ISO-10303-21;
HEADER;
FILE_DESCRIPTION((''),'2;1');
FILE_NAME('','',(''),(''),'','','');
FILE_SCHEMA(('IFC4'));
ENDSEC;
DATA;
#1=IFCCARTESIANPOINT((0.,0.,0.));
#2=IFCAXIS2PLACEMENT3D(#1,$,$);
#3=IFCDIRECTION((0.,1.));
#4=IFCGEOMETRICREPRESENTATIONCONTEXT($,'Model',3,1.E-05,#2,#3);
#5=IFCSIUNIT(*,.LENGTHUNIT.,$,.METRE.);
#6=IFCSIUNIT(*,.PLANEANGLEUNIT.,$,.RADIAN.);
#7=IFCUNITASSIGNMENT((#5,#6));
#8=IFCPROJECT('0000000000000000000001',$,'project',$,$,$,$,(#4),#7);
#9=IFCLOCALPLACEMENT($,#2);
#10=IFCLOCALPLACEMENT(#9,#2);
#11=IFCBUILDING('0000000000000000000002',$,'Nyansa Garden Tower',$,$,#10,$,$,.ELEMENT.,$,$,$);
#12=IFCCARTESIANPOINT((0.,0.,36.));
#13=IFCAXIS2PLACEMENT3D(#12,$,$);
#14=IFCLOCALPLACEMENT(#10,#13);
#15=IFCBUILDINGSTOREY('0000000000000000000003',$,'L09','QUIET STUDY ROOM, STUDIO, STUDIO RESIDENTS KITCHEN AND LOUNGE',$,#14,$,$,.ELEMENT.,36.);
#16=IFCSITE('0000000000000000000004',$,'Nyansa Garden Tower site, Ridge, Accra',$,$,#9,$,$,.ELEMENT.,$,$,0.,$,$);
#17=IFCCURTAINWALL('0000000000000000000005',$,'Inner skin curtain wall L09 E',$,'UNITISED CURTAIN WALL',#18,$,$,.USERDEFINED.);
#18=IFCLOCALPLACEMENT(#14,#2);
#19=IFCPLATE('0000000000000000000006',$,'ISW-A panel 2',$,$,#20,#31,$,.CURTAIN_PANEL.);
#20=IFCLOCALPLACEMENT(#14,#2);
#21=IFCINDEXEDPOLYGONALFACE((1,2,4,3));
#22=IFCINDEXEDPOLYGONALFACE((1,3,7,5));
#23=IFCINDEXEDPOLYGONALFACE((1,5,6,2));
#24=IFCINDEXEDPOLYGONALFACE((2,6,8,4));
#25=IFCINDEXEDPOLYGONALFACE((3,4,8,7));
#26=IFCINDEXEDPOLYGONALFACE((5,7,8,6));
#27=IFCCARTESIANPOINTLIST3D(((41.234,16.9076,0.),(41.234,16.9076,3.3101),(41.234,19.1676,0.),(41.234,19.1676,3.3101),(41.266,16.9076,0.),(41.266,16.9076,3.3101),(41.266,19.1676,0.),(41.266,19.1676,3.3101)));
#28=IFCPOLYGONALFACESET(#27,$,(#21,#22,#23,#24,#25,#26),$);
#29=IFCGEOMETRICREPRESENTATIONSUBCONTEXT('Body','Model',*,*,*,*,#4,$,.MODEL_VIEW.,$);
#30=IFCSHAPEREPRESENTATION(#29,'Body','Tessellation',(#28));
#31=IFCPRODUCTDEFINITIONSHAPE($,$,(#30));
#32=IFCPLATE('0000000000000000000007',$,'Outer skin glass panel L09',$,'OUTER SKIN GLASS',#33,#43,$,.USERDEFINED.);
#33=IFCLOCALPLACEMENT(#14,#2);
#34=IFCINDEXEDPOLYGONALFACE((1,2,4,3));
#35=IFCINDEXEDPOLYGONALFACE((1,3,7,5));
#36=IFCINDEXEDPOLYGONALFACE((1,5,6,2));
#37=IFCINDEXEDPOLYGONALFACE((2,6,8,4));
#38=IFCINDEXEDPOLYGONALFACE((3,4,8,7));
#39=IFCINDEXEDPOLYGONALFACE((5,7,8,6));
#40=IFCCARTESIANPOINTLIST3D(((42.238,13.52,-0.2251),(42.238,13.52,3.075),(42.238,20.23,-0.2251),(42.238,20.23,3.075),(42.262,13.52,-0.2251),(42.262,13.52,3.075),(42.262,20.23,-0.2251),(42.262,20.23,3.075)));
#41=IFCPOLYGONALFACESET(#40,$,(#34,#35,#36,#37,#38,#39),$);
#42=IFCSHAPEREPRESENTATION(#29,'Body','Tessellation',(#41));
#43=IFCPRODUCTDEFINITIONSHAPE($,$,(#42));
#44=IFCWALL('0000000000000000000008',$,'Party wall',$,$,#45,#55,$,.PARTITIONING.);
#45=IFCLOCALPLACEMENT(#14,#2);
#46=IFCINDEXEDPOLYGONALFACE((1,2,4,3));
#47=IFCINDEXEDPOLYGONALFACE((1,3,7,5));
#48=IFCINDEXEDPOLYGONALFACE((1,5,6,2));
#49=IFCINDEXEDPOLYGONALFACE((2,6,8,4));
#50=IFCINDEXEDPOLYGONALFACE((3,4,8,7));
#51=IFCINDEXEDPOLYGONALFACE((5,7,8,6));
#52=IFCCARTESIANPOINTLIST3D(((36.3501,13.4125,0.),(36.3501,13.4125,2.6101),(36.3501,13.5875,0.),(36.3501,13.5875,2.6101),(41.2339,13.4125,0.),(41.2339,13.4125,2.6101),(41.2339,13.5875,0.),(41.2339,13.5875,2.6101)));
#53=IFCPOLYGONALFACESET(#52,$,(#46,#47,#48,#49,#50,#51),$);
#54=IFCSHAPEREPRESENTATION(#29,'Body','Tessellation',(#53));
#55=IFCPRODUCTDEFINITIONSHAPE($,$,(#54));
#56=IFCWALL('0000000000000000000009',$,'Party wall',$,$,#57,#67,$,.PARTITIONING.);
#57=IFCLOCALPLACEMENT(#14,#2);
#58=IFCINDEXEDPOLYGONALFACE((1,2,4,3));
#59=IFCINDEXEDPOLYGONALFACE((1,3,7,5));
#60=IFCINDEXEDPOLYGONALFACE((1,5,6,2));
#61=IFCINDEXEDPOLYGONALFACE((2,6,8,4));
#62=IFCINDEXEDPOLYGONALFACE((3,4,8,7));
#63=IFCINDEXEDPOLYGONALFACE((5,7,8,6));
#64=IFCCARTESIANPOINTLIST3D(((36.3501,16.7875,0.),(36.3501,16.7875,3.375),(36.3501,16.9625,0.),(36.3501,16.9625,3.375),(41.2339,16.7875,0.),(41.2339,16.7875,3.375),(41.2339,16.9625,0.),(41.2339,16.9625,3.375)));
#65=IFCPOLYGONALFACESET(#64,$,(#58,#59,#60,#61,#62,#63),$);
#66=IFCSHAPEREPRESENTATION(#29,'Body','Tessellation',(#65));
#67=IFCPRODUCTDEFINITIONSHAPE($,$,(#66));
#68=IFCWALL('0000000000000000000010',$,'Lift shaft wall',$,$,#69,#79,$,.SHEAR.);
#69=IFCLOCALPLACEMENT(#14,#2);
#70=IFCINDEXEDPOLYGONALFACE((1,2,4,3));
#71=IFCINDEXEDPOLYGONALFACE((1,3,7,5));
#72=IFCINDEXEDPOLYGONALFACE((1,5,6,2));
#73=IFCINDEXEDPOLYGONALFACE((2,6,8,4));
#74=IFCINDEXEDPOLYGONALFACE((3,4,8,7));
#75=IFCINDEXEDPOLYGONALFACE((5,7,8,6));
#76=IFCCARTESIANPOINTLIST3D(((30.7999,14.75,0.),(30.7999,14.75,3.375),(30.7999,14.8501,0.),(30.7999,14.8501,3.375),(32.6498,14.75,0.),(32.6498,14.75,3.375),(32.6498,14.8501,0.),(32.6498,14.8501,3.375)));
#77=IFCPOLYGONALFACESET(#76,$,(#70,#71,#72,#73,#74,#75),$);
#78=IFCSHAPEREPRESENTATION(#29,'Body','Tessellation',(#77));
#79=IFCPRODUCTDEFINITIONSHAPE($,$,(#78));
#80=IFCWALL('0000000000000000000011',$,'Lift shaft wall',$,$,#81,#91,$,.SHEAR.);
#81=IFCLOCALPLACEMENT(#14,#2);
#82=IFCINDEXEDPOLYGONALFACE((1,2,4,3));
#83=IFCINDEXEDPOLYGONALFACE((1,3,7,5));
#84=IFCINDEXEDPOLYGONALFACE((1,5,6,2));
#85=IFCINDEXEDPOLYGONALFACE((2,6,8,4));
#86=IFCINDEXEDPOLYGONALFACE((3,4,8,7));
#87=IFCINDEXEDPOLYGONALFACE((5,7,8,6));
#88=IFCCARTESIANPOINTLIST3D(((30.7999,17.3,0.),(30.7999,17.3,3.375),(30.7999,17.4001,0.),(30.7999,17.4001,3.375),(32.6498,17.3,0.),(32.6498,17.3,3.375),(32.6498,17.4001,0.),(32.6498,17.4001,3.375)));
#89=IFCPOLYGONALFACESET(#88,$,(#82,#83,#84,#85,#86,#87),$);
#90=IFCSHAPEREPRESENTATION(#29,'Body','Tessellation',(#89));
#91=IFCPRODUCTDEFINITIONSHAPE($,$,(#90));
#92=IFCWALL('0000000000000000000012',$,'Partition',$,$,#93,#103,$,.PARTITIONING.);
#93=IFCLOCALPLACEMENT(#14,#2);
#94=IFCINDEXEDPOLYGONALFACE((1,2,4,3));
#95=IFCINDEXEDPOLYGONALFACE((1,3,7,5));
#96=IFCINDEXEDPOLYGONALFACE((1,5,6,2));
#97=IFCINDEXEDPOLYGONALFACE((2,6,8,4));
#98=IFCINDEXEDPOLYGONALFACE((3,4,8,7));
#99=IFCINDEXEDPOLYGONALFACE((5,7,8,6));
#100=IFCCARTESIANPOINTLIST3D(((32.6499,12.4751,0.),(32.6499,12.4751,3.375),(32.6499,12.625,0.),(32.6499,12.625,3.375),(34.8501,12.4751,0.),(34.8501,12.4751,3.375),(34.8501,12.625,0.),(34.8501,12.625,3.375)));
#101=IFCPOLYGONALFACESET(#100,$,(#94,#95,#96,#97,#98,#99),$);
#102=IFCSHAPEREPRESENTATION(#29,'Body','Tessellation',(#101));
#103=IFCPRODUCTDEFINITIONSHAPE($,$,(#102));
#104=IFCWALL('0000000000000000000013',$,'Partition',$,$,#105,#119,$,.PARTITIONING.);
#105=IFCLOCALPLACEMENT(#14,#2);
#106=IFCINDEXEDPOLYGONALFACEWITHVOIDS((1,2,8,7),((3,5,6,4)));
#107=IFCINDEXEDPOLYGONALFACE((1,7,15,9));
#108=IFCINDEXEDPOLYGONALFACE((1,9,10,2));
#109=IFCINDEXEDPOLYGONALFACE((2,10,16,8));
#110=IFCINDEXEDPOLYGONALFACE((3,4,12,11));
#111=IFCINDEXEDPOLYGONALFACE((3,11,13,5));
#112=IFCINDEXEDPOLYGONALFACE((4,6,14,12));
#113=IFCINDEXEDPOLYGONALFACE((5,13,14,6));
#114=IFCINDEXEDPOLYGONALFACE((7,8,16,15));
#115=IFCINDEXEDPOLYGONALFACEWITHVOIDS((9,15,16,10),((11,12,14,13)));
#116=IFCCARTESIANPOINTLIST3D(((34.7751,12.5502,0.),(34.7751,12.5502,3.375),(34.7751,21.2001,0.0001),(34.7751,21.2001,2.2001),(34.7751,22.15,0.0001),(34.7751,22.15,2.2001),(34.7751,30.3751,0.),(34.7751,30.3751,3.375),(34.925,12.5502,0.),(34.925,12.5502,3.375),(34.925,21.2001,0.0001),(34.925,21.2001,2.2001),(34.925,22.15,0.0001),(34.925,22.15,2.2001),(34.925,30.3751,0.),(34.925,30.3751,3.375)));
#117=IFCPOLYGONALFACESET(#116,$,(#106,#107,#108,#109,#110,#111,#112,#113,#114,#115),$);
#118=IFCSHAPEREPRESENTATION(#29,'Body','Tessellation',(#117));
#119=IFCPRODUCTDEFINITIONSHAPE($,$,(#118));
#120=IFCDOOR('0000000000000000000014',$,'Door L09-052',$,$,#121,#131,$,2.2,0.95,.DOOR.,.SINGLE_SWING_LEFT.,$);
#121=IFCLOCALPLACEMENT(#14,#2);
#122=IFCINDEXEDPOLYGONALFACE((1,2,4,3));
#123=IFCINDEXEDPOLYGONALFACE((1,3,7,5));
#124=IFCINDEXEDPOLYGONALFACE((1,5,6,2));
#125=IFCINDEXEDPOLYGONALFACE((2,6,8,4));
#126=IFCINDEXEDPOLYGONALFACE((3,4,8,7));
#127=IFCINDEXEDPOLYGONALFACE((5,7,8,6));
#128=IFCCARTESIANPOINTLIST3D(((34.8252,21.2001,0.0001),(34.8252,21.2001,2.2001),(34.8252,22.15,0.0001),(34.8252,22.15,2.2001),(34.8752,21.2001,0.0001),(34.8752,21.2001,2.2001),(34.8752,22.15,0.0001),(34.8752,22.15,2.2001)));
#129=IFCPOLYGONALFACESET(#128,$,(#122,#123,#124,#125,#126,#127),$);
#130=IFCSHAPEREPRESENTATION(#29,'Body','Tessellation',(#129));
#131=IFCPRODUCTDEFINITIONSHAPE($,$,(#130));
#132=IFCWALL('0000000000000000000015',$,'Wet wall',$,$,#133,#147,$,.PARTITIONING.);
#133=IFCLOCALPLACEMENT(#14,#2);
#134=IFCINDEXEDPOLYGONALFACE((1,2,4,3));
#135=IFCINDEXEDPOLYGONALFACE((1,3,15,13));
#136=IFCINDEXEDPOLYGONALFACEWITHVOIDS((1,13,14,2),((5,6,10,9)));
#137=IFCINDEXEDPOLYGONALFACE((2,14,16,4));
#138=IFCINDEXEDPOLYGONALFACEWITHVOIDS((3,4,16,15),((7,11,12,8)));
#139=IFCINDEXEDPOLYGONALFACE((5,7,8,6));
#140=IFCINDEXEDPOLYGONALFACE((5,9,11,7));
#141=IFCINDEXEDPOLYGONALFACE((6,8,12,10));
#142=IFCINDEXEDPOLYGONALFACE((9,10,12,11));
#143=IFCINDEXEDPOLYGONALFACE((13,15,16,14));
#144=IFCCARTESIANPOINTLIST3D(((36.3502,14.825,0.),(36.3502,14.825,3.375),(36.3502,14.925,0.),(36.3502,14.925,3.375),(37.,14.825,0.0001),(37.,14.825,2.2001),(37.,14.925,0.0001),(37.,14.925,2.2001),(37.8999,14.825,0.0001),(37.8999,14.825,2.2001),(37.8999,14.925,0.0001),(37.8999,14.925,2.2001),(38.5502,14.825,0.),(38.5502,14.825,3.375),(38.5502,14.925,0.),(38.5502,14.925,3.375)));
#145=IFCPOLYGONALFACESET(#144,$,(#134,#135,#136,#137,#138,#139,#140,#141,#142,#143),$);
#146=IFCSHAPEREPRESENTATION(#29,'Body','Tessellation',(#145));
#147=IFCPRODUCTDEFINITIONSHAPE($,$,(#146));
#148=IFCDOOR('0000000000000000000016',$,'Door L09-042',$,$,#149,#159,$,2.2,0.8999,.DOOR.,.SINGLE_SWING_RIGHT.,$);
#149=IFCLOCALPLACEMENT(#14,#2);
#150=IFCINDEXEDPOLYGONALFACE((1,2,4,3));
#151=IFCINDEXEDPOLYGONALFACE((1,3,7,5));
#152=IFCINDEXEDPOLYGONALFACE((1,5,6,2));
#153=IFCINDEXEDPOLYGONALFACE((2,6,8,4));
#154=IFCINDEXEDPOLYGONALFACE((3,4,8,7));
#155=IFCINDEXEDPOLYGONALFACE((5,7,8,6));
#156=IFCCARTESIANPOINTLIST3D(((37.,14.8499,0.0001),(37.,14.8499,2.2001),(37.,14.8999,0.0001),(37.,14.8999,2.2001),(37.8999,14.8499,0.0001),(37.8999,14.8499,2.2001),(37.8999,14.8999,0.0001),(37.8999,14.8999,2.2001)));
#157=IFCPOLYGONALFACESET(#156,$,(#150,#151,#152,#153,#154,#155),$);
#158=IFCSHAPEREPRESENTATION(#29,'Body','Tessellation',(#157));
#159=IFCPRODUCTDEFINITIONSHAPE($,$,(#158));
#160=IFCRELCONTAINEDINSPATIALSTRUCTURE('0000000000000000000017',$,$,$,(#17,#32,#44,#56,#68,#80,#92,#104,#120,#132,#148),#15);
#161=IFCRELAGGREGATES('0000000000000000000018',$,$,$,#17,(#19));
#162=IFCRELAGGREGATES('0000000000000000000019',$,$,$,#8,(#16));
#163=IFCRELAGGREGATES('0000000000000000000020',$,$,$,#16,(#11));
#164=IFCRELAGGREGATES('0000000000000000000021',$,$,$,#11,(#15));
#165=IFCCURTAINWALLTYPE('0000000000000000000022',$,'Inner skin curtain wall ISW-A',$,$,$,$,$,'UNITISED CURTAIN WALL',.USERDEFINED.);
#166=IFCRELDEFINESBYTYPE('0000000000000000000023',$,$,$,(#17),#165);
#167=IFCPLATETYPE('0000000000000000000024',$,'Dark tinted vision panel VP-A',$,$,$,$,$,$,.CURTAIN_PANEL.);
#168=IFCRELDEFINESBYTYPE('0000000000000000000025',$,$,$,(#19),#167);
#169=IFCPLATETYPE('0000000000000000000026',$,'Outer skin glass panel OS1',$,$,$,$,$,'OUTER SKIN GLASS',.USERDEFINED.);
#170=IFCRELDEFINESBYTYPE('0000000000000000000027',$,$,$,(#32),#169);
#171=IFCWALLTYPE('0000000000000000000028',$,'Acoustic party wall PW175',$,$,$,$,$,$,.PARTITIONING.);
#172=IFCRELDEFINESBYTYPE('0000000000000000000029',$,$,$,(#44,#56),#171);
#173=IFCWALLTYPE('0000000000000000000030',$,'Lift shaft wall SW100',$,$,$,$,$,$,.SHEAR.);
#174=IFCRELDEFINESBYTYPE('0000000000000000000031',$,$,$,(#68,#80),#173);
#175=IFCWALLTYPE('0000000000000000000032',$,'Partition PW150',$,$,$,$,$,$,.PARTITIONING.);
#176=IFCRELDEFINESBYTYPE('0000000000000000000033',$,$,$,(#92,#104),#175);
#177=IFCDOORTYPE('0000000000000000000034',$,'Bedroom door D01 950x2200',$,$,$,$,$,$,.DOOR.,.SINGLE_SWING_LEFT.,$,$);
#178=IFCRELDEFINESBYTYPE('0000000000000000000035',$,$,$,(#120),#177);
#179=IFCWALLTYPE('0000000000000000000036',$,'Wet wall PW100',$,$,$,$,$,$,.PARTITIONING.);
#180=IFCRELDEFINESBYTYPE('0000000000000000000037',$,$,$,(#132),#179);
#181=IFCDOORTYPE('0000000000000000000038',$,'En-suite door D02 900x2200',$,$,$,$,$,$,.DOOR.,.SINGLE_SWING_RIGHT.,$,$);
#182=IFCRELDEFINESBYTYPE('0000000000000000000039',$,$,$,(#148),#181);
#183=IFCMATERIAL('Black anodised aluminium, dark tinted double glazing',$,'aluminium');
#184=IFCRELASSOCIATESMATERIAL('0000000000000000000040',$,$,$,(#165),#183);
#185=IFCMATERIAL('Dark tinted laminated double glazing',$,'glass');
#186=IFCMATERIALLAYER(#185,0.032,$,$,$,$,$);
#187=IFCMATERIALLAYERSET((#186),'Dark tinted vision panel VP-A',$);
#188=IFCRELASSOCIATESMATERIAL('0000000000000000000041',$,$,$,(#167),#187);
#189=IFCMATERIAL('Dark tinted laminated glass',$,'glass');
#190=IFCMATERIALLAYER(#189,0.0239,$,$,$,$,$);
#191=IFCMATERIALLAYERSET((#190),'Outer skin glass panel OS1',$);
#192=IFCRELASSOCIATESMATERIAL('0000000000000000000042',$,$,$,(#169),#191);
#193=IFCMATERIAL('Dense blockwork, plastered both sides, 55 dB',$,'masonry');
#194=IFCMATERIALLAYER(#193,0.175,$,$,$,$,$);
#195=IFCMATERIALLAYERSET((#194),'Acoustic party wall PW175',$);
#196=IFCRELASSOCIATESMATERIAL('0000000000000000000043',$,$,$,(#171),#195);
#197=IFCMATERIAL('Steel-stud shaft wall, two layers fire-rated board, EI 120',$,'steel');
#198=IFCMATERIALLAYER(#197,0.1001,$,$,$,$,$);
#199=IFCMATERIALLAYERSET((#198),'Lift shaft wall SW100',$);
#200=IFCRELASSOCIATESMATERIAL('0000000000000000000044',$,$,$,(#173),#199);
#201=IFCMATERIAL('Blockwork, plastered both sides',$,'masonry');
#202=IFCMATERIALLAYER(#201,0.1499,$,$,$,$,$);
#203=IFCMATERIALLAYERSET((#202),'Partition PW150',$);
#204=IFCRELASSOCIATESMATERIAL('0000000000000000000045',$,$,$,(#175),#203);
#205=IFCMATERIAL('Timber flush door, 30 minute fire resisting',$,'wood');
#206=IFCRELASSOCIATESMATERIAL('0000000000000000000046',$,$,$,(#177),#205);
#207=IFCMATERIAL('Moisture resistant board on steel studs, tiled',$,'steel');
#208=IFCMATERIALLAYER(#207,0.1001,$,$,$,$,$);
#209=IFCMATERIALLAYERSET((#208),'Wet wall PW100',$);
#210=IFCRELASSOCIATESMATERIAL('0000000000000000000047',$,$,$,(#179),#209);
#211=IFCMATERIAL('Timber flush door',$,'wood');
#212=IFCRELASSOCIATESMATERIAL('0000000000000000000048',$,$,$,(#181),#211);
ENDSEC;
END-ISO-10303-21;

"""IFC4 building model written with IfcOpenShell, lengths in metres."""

from ifc_helpers import new_model, si_unit, direction, frame, frame_2d, origin, origin_2d, place, context, subcontext, project, spatial, rectangle, extrude, material, layer, layer_set, type_object, element, fill, aggregate, save


model = new_model("IFC4")

# Units and contexts
model_context = context("Model", 3, precision=1e-05, world=origin(), true_north=direction((0.0, 1.0)))
body_context = subcontext(model_context, "Body", "Model", "MODEL_VIEW")
ifc_project = project(units=[si_unit("LENGTHUNIT", "METRE"), si_unit("PLANEANGLEUNIT", "RADIAN")], contexts=[model_context])

# Site, building, storey
site_placement = place(None, origin())
site = spatial("IfcSite", under=ifc_project, at=site_placement, Name="Nyansa Garden Tower site, Ridge, Accra", CompositionType="ELEMENT", RefElevation=0.0)
building_placement = place(site_placement, origin())
building = spatial("IfcBuilding", under=site, at=building_placement, Name="Nyansa Garden Tower", CompositionType="ELEMENT")
storey_placement = place(building_placement, frame((0.0, 0.0, 36.0)))
storey = spatial("IfcBuildingStorey", under=building, at=storey_placement, Name="L09", Description="QUIET STUDY ROOM, STUDIO, STUDIO RESIDENTS KITCHEN AND LOUNGE", CompositionType="ELEMENT", Elevation=36.0)

# Shared definitions
ifc_material_1 = material(Name="Black anodised aluminium, dark tinted double glazing", Category="aluminium")
curtain_wall_type = type_object("IfcCurtainWallType", Name="Inner skin curtain wall ISW-A", ElementType="UNITISED CURTAIN WALL", PredefinedType="USERDEFINED", material=ifc_material_1)

# Curtain wall
curtain_wall_1_placement = place(storey_placement, origin())
curtain_wall_1 = element("IfcCurtainWall", 1, at=curtain_wall_1_placement, inside=storey, type_object=curtain_wall_type, Name="Inner skin curtain wall L09 E", ObjectType="UNITISED CURTAIN WALL", PredefinedType="USERDEFINED")

# Plates
ifc_material_2 = material(Name="Dark tinted laminated double glazing", Category="glass")
ifc_layer_1 = layer(ifc_material_2, 0.032)
ifc_layer_set_1 = layer_set([ifc_layer_1], Name="Dark tinted vision panel VP-A")
plate_type_1 = type_object("IfcPlateType", Name="Dark tinted vision panel VP-A", PredefinedType="CURTAIN_PANEL", material=ifc_layer_set_1)
plate_1_placement = place(storey_placement, frame((41.25, 18.0376, 0.0), z_axis=(0.0, 0.0, 1.0), x_axis=(0.0, 1.0, 0.0)))
plate_1 = element("IfcPlate", 2, at=plate_1_placement, type_object=plate_type_1, Name="ISW-A panel 2", PredefinedType="CURTAIN_PANEL", context=body_context, shape_type="SweptSolid", body=[
    extrude(rectangle(XDim=2.26, YDim=0.032, at=origin_2d()), origin(), (0.0, 0.0, 1.0), 3.3101),
])
aggregate(curtain_wall_1, [plate_1])
ifc_material_3 = material(Name="Dark tinted laminated glass", Category="glass")
ifc_layer_2 = layer(ifc_material_3, 0.0239)
ifc_layer_set_2 = layer_set([ifc_layer_2], Name="Outer skin glass panel OS1")
plate_type_2 = type_object("IfcPlateType", Name="Outer skin glass panel OS1", ElementType="OUTER SKIN GLASS", PredefinedType="USERDEFINED", material=ifc_layer_set_2)
plate_2_placement = place(storey_placement, frame((42.25, 16.875, -0.2251), z_axis=(0.0, 0.0, 1.0), x_axis=(0.0, 1.0, 0.0)))
element("IfcPlate", 3, at=plate_2_placement, inside=storey, type_object=plate_type_2, Name="Outer skin glass panel L09", ObjectType="OUTER SKIN GLASS", PredefinedType="USERDEFINED", context=body_context, shape_type="SweptSolid", body=[
    extrude(rectangle(XDim=6.71, YDim=0.0239, at=origin_2d()), origin(), (0.0, 0.0, 1.0), 3.3),
])

# Walls
ifc_material_4 = material(Name="Dense blockwork, plastered both sides, 55 dB", Category="masonry")
ifc_layer_3 = layer(ifc_material_4, 0.175)
ifc_layer_set_3 = layer_set([ifc_layer_3], Name="Acoustic party wall PW175")
wall_type_1 = type_object("IfcWallType", Name="Acoustic party wall PW175", PredefinedType="PARTITIONING", material=ifc_layer_set_3)
wall_1_placement = place(storey_placement, frame((36.3501, 13.5, 0.0), z_axis=(0.0, 0.0, 1.0), x_axis=(1.0, 0.0, 0.0)))
element("IfcWall", 4, at=wall_1_placement, inside=storey, type_object=wall_type_1, Name="Party wall", PredefinedType="PARTITIONING", context=body_context, shape_type="SweptSolid", body=[
    extrude(rectangle(XDim=4.8838, YDim=0.175, at=frame_2d((2.4419, 0.0))), origin(), (0.0, 0.0, 1.0), 2.6101),
])
wall_2_placement = place(storey_placement, frame((36.3501, 16.875, 0.0), z_axis=(0.0, 0.0, 1.0), x_axis=(1.0, 0.0, 0.0)))
element("IfcWall", 5, at=wall_2_placement, inside=storey, type_object=wall_type_1, Name="Party wall", PredefinedType="PARTITIONING", context=body_context, shape_type="SweptSolid", body=[
    extrude(rectangle(XDim=4.8838, YDim=0.175, at=frame_2d((2.4419, 0.0))), origin(), (0.0, 0.0, 1.0), 3.375),
])
ifc_material_5 = material(Name="Steel-stud shaft wall, two layers fire-rated board, EI 120", Category="steel")
ifc_layer_4 = layer(ifc_material_5, 0.1001)
ifc_layer_set_4 = layer_set([ifc_layer_4], Name="Lift shaft wall SW100")
wall_type_2 = type_object("IfcWallType", Name="Lift shaft wall SW100", PredefinedType="SHEAR", material=ifc_layer_set_4)
for number, where, z_axis, x_axis, name in (
    (6, (30.8, 14.8, 0.0), (0.0, 0.0, 1.0), (1.0, 0.0, 0.0), "Lift shaft wall"),
    (7, (30.8, 17.3501, 0.0), (0.0, 0.0, 1.0), (1.0, 0.0, 0.0), "Lift shaft wall"),
):
    element("IfcWall", number, at=place(storey_placement, frame(where, z_axis=z_axis, x_axis=x_axis)), inside=storey, type_object=wall_type_2, Name=name, PredefinedType="SHEAR", context=body_context, shape_type="SweptSolid", body=[
        extrude(rectangle(XDim=1.8499, YDim=0.1001, at=frame_2d((0.9248, 0.0))), origin(), (0.0, 0.0, 1.0), 3.375),
    ])
ifc_material_6 = material(Name="Blockwork, plastered both sides", Category="masonry")
ifc_layer_5 = layer(ifc_material_6, 0.1499)
ifc_layer_set_5 = layer_set([ifc_layer_5], Name="Partition PW150")
wall_type_3 = type_object("IfcWallType", Name="Partition PW150", PredefinedType="PARTITIONING", material=ifc_layer_set_5)
wall_3_placement = place(storey_placement, frame((32.6499, 12.55, 0.0), z_axis=(0.0, 0.0, 1.0), x_axis=(1.0, 0.0, 0.0)))
element("IfcWall", 8, at=wall_3_placement, inside=storey, type_object=wall_type_3, Name="Partition", PredefinedType="PARTITIONING", context=body_context, shape_type="SweptSolid", body=[
    extrude(rectangle(XDim=2.2002, YDim=0.1499, at=frame_2d((1.1001, 0.0))), origin(), (0.0, 0.0, 1.0), 3.375),
])

# Walls, openings, doors
wall_4_placement = place(storey_placement, frame((34.8501, 12.55, 0.0), z_axis=(0.0, 0.0, 1.0), x_axis=(0.0, 1.0, 0.0)))
wall_4 = element("IfcWall", 9, at=wall_4_placement, inside=storey, type_object=wall_type_3, Name="Partition", PredefinedType="PARTITIONING", context=body_context, shape_type="SweptSolid", body=[
    extrude(rectangle(XDim=17.825, YDim=0.1499, at=frame_2d((8.9126, 0.0))), origin(), (0.0, 0.0, 1.0), 3.375),
])
opening_1_placement = place(wall_4_placement, frame((8.6499, 0.0, 0.0)))
opening_1 = element("IfcOpeningElement", 10, at=opening_1_placement, cuts=wall_4, PredefinedType="OPENING", context=body_context, shape_type="SweptSolid", body=[
    extrude(rectangle(XDim=0.95, YDim=2.2, at=frame_2d((0.4751, 1.1001))), frame((0.0, 0.085, 0.0), z_axis=(0.0, -1.0, 0.0), x_axis=(1.0, 0.0, 0.0)), (0.0, 0.0, 1.0), 0.1699),
])
ifc_material_7 = material(Name="Timber flush door, 30 minute fire resisting", Category="wood")
door_type_1 = type_object("IfcDoorType", Name="Bedroom door D01 950x2200", OperationType="SINGLE_SWING_LEFT", PredefinedType="DOOR", material=ifc_material_7)
door_1_placement = place(opening_1_placement, origin())
door_1 = element("IfcDoor", 11, at=door_1_placement, inside=storey, type_object=door_type_1, Name="Door L09-052", OperationType="SINGLE_SWING_LEFT", OverallHeight=2.2, OverallWidth=0.95, PredefinedType="DOOR", context=body_context, shape_type="SweptSolid", body=[
    extrude(rectangle(XDim=0.95, YDim=2.2, at=frame_2d((0.4751, 1.1001))), frame((0.0, 0.0249, 0.0), z_axis=(0.0, -1.0, 0.0), x_axis=(1.0, 0.0, 0.0)), (0.0, 0.0, 1.0), 0.05),
])
fill(opening_1, door_1)
ifc_material_8 = material(Name="Moisture resistant board on steel studs, tiled", Category="steel")
ifc_layer_6 = layer(ifc_material_8, 0.1001)
ifc_layer_set_6 = layer_set([ifc_layer_6], Name="Wet wall PW100")
wall_type_4 = type_object("IfcWallType", Name="Wet wall PW100", PredefinedType="PARTITIONING", material=ifc_layer_set_6)
wall_5_placement = place(storey_placement, frame((36.3501, 14.875, 0.0), z_axis=(0.0, 0.0, 1.0), x_axis=(1.0, 0.0, 0.0)))
wall_5 = element("IfcWall", 12, at=wall_5_placement, inside=storey, type_object=wall_type_4, Name="Wet wall", PredefinedType="PARTITIONING", context=body_context, shape_type="SweptSolid", body=[
    extrude(rectangle(XDim=2.2, YDim=0.1001, at=frame_2d((1.1001, 0.0))), origin(), (0.0, 0.0, 1.0), 3.375),
])
opening_2_placement = place(wall_5_placement, frame((0.6499, 0.0, 0.0)))
opening_2 = element("IfcOpeningElement", 13, at=opening_2_placement, cuts=wall_5, PredefinedType="OPENING", context=body_context, shape_type="SweptSolid", body=[
    extrude(rectangle(XDim=0.8999, YDim=2.2, at=frame_2d((0.45, 1.1001))), frame((0.0, 0.0601, 0.0), z_axis=(0.0, -1.0, 0.0), x_axis=(1.0, 0.0, 0.0)), (0.0, 0.0, 1.0), 0.1201),
])
ifc_material_9 = material(Name="Timber flush door", Category="wood")
door_type_2 = type_object("IfcDoorType", Name="En-suite door D02 900x2200", OperationType="SINGLE_SWING_RIGHT", PredefinedType="DOOR", material=ifc_material_9)
door_2_placement = place(opening_2_placement, origin())
door_2 = element("IfcDoor", 14, at=door_2_placement, inside=storey, type_object=door_type_2, Name="Door L09-042", OperationType="SINGLE_SWING_RIGHT", OverallHeight=2.2, OverallWidth=0.8999, PredefinedType="DOOR", context=body_context, shape_type="SweptSolid", body=[
    extrude(rectangle(XDim=0.8999, YDim=2.2, at=frame_2d((0.45, 1.1001))), frame((0.0, 0.0249, 0.0), z_axis=(0.0, -1.0, 0.0), x_axis=(1.0, 0.0, 0.0)), (0.0, 0.0, 1.0), 0.05),
])
fill(opening_2, door_2)

save(model, "model.ifc")
